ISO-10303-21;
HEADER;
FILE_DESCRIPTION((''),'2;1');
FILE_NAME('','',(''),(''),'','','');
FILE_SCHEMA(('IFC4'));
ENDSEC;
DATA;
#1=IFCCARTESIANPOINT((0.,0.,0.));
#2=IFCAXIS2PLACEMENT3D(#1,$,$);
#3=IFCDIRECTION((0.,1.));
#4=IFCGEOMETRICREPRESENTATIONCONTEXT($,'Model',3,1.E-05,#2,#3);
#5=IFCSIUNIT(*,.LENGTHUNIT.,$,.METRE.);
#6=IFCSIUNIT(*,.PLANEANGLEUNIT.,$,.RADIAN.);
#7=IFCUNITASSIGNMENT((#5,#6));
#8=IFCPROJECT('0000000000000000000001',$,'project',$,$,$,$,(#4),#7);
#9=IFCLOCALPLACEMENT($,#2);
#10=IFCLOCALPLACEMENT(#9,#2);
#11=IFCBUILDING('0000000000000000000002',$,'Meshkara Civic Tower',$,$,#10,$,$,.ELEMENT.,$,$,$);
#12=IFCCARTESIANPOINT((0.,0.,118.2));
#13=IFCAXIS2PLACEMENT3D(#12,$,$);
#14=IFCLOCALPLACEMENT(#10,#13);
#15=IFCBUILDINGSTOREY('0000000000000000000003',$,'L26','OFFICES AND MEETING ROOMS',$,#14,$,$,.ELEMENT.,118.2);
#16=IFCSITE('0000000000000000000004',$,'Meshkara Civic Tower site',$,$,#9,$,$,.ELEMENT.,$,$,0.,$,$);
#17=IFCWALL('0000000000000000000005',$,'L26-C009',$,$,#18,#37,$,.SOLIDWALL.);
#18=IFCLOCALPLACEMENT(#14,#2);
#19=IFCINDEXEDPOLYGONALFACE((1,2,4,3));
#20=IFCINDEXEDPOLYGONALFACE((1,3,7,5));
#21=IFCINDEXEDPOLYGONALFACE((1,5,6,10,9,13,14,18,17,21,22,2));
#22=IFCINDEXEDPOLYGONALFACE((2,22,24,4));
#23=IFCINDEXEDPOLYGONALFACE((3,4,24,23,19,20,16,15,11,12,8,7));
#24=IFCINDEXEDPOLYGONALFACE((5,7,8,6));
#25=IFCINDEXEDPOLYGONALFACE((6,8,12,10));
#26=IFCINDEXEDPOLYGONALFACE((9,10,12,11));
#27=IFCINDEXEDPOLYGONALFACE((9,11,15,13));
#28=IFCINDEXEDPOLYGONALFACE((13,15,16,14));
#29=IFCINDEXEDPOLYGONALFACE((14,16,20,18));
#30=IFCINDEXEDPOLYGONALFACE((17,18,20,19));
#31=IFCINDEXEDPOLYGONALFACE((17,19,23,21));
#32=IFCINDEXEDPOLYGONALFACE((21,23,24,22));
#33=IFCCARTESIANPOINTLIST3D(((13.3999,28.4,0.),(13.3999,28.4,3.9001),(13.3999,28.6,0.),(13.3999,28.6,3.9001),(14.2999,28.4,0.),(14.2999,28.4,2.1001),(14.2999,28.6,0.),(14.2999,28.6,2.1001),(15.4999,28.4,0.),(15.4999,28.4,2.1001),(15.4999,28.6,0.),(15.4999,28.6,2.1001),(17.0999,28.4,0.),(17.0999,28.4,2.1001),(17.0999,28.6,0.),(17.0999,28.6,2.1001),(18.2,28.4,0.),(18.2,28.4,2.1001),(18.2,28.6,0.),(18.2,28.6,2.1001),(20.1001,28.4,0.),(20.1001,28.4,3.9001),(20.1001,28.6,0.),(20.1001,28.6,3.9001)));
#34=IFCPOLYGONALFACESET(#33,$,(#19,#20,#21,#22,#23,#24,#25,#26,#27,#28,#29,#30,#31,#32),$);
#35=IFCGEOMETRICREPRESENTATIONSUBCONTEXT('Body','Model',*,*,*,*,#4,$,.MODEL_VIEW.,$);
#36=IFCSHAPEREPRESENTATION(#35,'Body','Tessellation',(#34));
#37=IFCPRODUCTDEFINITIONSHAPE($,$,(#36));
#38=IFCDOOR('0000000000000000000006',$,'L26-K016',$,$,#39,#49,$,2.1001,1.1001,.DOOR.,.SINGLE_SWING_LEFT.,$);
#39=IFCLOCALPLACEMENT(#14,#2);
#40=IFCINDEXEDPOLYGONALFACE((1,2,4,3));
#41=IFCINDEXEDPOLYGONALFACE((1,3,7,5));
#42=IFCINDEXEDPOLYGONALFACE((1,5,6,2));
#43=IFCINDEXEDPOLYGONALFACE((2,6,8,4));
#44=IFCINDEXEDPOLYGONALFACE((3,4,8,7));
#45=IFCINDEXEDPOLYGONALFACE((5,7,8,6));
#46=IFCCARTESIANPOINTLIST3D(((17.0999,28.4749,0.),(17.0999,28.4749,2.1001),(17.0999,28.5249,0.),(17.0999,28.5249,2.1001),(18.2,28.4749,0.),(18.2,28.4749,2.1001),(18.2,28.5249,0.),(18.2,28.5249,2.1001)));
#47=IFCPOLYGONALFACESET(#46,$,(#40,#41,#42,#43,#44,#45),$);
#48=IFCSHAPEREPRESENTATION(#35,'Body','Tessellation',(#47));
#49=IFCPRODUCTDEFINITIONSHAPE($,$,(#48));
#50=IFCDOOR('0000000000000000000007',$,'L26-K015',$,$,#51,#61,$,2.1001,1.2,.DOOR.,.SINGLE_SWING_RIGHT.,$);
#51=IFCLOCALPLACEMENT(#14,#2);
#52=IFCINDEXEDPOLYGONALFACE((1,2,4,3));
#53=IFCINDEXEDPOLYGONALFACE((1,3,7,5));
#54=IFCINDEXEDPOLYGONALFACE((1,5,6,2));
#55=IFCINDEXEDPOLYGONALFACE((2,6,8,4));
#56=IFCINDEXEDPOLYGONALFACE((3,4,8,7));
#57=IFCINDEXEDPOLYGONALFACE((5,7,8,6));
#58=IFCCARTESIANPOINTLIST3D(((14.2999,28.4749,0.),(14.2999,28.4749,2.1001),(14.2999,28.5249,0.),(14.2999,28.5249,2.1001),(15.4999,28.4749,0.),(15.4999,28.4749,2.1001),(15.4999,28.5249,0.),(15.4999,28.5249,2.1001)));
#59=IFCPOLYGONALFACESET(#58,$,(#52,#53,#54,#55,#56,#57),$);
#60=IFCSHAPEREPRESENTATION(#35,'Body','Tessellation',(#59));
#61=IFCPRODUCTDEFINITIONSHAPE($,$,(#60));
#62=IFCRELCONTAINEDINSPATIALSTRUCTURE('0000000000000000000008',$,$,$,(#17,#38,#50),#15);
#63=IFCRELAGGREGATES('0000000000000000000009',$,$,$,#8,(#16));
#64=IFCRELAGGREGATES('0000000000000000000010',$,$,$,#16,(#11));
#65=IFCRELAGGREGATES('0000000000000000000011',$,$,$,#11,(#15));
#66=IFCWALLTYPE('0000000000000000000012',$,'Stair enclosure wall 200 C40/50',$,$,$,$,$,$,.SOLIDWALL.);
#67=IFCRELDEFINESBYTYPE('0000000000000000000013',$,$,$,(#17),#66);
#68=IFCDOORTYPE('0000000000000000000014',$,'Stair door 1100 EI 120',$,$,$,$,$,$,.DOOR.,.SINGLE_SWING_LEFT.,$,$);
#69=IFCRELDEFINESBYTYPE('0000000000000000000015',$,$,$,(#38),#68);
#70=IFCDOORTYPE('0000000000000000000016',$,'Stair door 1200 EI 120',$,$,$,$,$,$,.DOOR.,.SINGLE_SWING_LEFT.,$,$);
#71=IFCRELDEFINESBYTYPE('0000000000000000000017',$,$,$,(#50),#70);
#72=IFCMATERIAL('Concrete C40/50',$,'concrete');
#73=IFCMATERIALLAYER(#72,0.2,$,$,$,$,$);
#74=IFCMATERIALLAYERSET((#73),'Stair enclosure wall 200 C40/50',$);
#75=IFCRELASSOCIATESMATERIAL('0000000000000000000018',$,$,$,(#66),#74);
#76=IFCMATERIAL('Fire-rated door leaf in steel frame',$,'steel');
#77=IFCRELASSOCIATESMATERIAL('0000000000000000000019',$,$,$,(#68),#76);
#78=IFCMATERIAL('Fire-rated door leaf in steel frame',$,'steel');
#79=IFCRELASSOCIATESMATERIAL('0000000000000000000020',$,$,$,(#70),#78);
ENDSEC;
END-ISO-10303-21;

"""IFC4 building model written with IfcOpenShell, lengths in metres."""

from ifc_helpers import new_model, si_unit, direction, frame, frame_2d, origin, place, context, subcontext, project, spatial, rectangle, extrude, material, layer, layer_set, type_object, element, fill, save


model = new_model("IFC4")

# Units and contexts
model_context = context("Model", 3, precision=1e-05, world=origin(), true_north=direction((0.0, 1.0)))
body_context = subcontext(model_context, "Body", "Model", "MODEL_VIEW")
ifc_project = project(units=[si_unit("LENGTHUNIT", "METRE"), si_unit("PLANEANGLEUNIT", "RADIAN")], contexts=[model_context])

# Site, building, storey
site_placement = place(None, origin())
site = spatial("IfcSite", under=ifc_project, at=site_placement, Name="Meshkara Civic Tower site", CompositionType="ELEMENT", RefElevation=0.0)
building_placement = place(site_placement, origin())
building = spatial("IfcBuilding", under=site, at=building_placement, Name="Meshkara Civic Tower", CompositionType="ELEMENT")
storey_placement = place(building_placement, frame((0.0, 0.0, 118.2)))
storey = spatial("IfcBuildingStorey", under=building, at=storey_placement, Name="L26", Description="OFFICES AND MEETING ROOMS", CompositionType="ELEMENT", Elevation=118.2)

# Wall, openings, doors
ifc_material_1 = material(Name="Concrete C40/50", Category="concrete")
ifc_layer_1 = layer(ifc_material_1, 0.2)
ifc_layer_set_1 = layer_set([ifc_layer_1], Name="Stair enclosure wall 200 C40/50")
wall_type_1 = type_object("IfcWallType", Name="Stair enclosure wall 200 C40/50", PredefinedType="SOLIDWALL", material=ifc_layer_set_1)
wall_1_placement = place(storey_placement, frame((13.3999, 28.5, 0.0), z_axis=(0.0, 0.0, 1.0), x_axis=(1.0, 0.0, 0.0)))
wall_1 = element("IfcWall", 1, at=wall_1_placement, inside=storey, type_object=wall_type_1, Name="L26-C009", PredefinedType="SOLIDWALL", context=body_context, shape_type="SweptSolid", body=[
    extrude(rectangle(XDim=6.7002, YDim=0.2, at=frame_2d((3.3501, 0.0))), origin(), (0.0, 0.0, 1.0), 3.9001),
])
opening_1_placement = place(wall_1_placement, frame((0.8999, 0.0, 0.0)))
opening_1 = element("IfcOpeningElement", 2, at=opening_1_placement, cuts=wall_1, PredefinedType="OPENING", context=body_context, shape_type="SweptSolid", body=[
    extrude(rectangle(XDim=1.2, YDim=2.1001, at=frame_2d((0.6001, 1.05))), frame((0.0, 0.1099, 0.0), z_axis=(0.0, -1.0, 0.0), x_axis=(1.0, 0.0, 0.0)), (0.0, 0.0, 1.0), 0.22),
])
opening_2_placement = place(wall_1_placement, frame((3.7, 0.0, 0.0)))
opening_2 = element("IfcOpeningElement", 3, at=opening_2_placement, cuts=wall_1, PredefinedType="OPENING", context=body_context, shape_type="SweptSolid", body=[
    extrude(rectangle(XDim=1.1001, YDim=2.1001, at=frame_2d((0.55, 1.05))), frame((0.0, 0.1099, 0.0), z_axis=(0.0, -1.0, 0.0), x_axis=(1.0, 0.0, 0.0)), (0.0, 0.0, 1.0), 0.22),
])
ifc_material_2 = material(Name="Fire-rated door leaf in steel frame", Category="steel")
door_type_1 = type_object("IfcDoorType", Name="Stair door 1100 EI 120", OperationType="SINGLE_SWING_LEFT", PredefinedType="DOOR", material=ifc_material_2)
door_1_placement = place(opening_2_placement, origin())
door_1 = element("IfcDoor", 4, at=door_1_placement, inside=storey, type_object=door_type_1, Name="L26-K016", OperationType="SINGLE_SWING_LEFT", OverallHeight=2.1001, OverallWidth=1.1001, PredefinedType="DOOR", context=body_context, shape_type="SweptSolid", body=[
    extrude(rectangle(XDim=1.1001, YDim=2.1001, at=frame_2d((0.55, 1.05))), frame((0.0, 0.0249, 0.0), z_axis=(0.0, -1.0, 0.0), x_axis=(1.0, 0.0, 0.0)), (0.0, 0.0, 1.0), 0.05),
])
fill(opening_2, door_1)
ifc_material_3 = material(Name="Fire-rated door leaf in steel frame", Category="steel")
door_type_2 = type_object("IfcDoorType", Name="Stair door 1200 EI 120", OperationType="SINGLE_SWING_LEFT", PredefinedType="DOOR", material=ifc_material_3)
door_2_placement = place(opening_1_placement, origin())
door_2 = element("IfcDoor", 5, at=door_2_placement, inside=storey, type_object=door_type_2, Name="L26-K015", OperationType="SINGLE_SWING_RIGHT", OverallHeight=2.1001, OverallWidth=1.2, PredefinedType="DOOR", context=body_context, shape_type="SweptSolid", body=[
    extrude(rectangle(XDim=1.2, YDim=2.1001, at=frame_2d((0.6001, 1.05))), frame((0.0, 0.0249, 0.0), z_axis=(0.0, -1.0, 0.0), x_axis=(1.0, 0.0, 0.0)), (0.0, 0.0, 1.0), 0.05),
])
fill(opening_1, door_2)

save(model, "model.ifc")
